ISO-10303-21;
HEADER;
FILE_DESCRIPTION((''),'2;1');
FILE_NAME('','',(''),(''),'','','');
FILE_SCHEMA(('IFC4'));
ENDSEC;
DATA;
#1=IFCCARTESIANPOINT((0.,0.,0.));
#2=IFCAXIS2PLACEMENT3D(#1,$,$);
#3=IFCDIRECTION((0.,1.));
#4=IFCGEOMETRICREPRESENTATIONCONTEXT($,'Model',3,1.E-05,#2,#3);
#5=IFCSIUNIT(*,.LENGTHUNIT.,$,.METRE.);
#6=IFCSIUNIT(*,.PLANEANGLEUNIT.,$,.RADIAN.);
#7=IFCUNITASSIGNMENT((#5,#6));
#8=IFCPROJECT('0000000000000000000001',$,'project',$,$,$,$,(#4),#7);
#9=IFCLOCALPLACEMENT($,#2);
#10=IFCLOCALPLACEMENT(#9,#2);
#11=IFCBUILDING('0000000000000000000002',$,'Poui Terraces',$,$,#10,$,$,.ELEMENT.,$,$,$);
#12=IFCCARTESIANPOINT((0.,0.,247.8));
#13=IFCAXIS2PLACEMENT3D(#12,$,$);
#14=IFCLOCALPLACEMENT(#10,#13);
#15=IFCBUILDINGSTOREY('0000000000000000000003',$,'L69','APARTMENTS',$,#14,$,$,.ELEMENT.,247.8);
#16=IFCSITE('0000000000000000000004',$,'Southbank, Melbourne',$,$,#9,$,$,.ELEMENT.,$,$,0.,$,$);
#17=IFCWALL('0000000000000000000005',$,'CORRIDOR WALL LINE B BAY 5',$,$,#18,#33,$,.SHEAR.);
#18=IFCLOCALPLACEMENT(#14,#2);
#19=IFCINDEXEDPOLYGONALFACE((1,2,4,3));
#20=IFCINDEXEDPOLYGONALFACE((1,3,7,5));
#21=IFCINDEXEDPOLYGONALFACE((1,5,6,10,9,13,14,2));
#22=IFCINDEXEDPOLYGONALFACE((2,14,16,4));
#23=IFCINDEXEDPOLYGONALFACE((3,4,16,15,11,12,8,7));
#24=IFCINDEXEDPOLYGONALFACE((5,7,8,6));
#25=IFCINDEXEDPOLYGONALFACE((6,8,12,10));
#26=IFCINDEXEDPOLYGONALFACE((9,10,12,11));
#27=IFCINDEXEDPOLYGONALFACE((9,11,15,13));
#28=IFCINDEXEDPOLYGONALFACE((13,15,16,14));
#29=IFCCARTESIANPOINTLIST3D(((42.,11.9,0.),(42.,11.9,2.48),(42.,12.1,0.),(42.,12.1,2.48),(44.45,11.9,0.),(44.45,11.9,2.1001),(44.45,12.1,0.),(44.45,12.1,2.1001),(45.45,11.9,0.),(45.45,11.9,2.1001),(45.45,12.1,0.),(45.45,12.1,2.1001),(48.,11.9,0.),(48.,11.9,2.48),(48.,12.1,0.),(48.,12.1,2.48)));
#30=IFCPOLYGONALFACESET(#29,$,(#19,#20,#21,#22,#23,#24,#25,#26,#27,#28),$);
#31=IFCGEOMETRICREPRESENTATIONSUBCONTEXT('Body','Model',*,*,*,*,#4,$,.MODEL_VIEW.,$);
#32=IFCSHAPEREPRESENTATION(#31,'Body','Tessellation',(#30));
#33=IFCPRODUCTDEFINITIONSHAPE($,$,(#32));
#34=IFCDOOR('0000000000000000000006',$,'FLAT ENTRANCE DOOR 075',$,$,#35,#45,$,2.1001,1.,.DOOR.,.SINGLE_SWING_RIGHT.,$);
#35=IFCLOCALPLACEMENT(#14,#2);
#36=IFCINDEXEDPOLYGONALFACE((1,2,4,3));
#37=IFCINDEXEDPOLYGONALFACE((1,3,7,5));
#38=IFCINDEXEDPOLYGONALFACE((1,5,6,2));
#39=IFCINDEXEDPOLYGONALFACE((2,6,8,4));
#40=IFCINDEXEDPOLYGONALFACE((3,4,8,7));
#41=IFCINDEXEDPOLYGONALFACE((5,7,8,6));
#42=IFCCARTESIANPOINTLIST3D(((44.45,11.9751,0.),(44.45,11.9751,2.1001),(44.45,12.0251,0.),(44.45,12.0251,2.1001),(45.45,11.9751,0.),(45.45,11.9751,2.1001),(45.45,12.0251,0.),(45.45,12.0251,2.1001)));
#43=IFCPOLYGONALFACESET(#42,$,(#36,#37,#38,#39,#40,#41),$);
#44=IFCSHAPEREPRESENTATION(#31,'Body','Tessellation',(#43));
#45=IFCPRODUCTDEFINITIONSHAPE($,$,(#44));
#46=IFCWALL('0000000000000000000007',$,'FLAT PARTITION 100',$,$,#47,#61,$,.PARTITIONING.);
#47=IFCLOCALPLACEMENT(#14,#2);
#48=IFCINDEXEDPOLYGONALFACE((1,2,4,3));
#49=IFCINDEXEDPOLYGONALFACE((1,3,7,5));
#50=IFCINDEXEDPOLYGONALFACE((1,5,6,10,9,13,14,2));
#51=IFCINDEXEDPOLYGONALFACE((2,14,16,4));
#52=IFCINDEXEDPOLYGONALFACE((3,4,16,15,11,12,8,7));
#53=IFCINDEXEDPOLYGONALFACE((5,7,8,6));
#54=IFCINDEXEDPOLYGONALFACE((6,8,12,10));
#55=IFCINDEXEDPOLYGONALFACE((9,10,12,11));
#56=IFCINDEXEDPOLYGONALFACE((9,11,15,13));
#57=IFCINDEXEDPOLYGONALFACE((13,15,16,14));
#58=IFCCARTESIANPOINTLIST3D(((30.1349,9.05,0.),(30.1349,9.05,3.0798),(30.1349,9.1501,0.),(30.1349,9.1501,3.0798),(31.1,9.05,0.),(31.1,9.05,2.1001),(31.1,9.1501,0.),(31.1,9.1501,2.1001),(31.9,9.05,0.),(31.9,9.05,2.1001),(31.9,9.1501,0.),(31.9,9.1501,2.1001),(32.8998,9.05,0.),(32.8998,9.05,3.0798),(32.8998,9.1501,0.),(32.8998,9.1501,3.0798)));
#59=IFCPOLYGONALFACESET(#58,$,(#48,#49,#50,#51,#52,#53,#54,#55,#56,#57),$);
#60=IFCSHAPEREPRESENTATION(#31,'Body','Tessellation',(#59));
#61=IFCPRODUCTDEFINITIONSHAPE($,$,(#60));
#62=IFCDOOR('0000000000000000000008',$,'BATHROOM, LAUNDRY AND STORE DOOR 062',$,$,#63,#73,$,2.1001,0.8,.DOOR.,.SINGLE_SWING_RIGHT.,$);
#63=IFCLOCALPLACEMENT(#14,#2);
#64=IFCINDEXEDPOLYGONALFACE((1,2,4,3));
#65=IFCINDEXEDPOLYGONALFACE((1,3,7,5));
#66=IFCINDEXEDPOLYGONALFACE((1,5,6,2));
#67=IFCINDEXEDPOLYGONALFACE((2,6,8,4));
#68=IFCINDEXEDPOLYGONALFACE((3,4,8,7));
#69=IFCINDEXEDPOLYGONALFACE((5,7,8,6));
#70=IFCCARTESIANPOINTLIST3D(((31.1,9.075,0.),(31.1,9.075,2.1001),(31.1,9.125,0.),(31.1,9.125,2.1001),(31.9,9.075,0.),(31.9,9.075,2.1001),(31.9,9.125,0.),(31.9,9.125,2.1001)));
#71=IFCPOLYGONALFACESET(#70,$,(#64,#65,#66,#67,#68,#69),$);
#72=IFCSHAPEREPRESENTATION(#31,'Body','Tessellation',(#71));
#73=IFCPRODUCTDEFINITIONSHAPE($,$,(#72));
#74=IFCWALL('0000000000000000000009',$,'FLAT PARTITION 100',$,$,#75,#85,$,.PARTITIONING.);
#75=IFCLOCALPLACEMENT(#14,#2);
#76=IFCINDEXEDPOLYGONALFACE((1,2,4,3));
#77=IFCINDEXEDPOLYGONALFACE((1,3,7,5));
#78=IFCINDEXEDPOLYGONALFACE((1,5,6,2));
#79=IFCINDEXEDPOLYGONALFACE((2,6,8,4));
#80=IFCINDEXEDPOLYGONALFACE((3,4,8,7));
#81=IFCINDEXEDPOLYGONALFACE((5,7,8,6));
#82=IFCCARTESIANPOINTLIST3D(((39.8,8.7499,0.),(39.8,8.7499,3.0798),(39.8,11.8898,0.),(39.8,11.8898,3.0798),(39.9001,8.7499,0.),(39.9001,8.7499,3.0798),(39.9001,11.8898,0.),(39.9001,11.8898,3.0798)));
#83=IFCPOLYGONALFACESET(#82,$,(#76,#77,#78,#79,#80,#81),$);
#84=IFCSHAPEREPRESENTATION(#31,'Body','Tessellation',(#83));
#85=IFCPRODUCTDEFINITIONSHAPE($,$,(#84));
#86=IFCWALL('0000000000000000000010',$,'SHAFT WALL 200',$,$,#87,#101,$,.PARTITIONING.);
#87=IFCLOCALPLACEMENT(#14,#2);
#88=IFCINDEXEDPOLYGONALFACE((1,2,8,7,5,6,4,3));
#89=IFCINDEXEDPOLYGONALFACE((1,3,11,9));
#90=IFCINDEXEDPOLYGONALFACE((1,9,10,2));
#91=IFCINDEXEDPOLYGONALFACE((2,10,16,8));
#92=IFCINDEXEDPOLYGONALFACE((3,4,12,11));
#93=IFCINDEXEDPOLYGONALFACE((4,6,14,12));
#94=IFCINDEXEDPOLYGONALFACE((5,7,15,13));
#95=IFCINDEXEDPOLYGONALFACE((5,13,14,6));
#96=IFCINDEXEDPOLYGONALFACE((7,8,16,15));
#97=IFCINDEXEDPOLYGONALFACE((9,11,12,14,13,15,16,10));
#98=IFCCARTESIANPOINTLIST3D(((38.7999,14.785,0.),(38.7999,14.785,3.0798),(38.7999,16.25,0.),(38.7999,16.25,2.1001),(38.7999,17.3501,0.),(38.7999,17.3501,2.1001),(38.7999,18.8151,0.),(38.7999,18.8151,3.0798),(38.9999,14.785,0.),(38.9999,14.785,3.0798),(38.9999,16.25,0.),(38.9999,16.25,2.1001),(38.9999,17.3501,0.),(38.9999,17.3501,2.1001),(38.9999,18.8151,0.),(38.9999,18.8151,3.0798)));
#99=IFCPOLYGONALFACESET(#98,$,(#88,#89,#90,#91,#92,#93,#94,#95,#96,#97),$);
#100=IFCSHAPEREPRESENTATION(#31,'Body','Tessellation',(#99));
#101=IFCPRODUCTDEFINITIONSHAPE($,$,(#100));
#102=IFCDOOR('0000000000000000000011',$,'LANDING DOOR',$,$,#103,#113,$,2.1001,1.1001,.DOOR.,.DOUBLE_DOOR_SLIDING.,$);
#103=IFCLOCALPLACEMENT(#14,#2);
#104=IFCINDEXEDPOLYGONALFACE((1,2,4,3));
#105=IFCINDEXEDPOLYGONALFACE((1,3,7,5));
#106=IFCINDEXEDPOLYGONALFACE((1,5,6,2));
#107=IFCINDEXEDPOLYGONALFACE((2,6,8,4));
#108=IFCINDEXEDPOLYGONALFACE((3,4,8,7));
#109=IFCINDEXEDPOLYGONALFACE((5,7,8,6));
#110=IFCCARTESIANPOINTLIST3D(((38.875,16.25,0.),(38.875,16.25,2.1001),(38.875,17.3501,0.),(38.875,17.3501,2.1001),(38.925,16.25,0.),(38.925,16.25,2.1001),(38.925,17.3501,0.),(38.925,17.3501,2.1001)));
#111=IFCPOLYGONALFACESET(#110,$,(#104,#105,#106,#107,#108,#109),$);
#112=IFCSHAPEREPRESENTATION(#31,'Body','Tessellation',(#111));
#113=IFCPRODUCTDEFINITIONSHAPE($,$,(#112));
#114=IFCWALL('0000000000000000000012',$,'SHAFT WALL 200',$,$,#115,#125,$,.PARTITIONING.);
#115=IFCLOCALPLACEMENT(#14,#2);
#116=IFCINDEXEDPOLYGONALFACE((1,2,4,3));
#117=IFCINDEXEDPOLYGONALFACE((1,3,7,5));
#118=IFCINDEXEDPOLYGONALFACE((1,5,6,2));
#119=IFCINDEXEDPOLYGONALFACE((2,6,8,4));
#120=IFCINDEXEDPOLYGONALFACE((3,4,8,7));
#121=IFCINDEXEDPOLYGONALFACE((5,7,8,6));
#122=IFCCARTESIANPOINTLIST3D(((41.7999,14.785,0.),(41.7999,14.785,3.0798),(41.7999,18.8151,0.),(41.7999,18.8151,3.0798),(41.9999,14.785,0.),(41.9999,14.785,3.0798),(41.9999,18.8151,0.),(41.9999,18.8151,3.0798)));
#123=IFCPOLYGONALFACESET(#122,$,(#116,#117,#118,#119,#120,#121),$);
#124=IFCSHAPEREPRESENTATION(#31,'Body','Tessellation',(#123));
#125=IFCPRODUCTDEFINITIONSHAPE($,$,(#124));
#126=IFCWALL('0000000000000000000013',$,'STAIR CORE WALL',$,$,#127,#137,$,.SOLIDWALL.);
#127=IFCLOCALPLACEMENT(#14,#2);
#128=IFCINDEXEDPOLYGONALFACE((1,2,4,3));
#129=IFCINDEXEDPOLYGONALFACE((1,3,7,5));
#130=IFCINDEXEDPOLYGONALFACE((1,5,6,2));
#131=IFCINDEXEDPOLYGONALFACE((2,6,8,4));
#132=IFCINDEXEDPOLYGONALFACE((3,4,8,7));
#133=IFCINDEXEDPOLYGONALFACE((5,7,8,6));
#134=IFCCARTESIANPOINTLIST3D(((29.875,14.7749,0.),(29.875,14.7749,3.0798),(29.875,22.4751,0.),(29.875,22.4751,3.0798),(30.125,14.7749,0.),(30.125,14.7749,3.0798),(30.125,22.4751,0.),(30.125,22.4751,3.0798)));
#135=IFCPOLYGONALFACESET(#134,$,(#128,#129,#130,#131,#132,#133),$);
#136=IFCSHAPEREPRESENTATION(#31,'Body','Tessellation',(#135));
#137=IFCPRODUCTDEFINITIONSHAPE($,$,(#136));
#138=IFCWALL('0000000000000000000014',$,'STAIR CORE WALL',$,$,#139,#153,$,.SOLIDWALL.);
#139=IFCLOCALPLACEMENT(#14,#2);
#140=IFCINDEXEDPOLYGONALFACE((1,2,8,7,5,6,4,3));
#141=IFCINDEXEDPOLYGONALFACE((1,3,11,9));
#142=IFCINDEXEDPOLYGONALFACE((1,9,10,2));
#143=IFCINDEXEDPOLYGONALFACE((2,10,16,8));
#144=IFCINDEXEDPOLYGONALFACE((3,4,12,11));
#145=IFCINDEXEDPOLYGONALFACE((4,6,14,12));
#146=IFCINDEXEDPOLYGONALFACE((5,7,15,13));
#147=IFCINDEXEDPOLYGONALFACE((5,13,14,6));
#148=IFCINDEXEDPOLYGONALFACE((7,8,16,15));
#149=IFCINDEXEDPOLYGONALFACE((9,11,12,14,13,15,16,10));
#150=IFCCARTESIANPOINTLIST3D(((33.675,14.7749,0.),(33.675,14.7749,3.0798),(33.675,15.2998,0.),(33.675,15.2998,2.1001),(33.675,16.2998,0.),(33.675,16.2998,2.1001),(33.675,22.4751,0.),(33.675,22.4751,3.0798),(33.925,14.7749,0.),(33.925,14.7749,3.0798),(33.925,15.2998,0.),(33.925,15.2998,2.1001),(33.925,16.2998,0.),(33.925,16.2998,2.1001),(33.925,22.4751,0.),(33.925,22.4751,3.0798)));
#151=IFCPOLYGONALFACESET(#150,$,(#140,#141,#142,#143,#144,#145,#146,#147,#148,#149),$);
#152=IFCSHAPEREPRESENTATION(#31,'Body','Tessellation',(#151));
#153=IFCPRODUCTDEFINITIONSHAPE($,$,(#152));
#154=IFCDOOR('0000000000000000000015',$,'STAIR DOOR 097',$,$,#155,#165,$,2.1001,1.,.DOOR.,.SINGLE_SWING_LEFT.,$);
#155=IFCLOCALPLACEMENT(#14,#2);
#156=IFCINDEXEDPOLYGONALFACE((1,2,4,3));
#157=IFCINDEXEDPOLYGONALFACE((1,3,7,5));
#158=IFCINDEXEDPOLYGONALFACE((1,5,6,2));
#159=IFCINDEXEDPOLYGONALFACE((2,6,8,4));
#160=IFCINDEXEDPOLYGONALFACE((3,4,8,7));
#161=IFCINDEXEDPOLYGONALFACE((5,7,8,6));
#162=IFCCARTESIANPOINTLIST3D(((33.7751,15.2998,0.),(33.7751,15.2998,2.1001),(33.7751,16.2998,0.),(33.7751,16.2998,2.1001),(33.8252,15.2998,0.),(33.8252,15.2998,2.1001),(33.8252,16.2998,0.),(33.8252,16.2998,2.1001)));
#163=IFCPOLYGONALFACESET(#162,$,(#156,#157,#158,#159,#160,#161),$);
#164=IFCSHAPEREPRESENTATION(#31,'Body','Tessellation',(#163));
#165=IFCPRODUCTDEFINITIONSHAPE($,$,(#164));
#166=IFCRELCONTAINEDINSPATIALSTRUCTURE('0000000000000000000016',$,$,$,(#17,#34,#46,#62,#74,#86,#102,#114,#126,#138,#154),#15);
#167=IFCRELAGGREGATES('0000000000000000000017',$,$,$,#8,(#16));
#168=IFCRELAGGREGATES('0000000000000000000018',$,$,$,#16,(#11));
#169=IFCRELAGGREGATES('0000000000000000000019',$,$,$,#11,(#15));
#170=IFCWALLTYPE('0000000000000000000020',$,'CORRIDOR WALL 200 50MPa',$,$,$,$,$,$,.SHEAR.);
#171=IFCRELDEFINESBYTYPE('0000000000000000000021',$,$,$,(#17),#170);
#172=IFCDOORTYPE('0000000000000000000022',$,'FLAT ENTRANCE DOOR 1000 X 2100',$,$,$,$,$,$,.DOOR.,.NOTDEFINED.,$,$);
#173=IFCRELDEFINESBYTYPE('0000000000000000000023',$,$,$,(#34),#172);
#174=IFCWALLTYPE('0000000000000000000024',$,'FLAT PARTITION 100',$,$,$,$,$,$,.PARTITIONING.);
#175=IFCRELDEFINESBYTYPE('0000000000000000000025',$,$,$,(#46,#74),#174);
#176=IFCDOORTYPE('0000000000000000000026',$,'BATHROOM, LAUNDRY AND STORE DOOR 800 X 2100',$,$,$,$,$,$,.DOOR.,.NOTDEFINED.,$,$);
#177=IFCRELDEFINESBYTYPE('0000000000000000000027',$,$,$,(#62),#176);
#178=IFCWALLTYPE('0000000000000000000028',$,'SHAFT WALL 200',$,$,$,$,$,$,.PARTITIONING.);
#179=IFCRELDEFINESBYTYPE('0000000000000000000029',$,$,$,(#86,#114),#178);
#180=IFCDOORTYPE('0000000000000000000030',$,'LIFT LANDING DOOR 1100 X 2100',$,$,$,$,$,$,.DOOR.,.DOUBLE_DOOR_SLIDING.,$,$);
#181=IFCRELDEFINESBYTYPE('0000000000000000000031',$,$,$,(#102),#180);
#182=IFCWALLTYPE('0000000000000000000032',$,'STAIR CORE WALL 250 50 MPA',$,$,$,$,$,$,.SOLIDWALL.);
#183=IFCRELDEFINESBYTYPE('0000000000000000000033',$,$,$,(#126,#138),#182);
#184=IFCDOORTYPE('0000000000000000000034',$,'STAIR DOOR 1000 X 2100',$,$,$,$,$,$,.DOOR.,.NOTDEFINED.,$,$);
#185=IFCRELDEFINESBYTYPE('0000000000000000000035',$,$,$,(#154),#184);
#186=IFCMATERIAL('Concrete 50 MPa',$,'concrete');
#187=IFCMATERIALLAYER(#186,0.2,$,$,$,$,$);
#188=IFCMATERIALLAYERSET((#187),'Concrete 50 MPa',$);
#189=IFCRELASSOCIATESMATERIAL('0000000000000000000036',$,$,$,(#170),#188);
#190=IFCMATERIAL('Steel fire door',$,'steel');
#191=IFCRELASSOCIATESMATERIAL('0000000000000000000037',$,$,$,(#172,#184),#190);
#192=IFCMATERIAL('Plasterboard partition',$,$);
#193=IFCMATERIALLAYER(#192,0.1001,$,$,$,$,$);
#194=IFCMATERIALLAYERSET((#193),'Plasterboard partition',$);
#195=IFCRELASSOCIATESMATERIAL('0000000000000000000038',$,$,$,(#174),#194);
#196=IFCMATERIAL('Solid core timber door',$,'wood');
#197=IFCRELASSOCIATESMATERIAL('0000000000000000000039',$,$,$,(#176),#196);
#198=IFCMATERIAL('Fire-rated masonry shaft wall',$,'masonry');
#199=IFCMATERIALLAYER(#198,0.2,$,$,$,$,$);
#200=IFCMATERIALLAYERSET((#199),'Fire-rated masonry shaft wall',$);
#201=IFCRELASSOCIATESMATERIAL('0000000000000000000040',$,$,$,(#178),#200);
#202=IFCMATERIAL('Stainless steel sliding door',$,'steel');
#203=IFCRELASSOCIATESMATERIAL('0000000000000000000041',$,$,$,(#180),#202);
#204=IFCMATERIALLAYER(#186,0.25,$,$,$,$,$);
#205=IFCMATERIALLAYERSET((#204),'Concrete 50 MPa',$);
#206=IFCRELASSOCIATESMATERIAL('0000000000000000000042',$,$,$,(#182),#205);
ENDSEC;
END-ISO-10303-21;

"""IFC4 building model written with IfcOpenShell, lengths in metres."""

from ifc_helpers import new_model, si_unit, direction, frame, frame_2d, origin, place, context, subcontext, project, spatial, rectangle, extrude, material, layer, layer_set, type_object, element, fill, save


model = new_model("IFC4")

# Units and contexts
model_context = context("Model", 3, precision=1e-05, world=origin(), true_north=direction((0.0, 1.0)))
body_context = subcontext(model_context, "Body", "Model", "MODEL_VIEW")
ifc_project = project(units=[si_unit("LENGTHUNIT", "METRE"), si_unit("PLANEANGLEUNIT", "RADIAN")], contexts=[model_context])

# Site, building, storey
site_placement = place(None, origin())
site = spatial("IfcSite", under=ifc_project, at=site_placement, Name="Southbank, Melbourne", CompositionType="ELEMENT", RefElevation=0.0)
building_placement = place(site_placement, origin())
building = spatial("IfcBuilding", under=site, at=building_placement, Name="Poui Terraces", CompositionType="ELEMENT")
storey_placement = place(building_placement, frame((0.0, 0.0, 247.8)))
storey = spatial("IfcBuildingStorey", under=building, at=storey_placement, Name="L69", Description="APARTMENTS", CompositionType="ELEMENT", Elevation=247.8)

# Shared definitions
ifc_material_1 = material(Name="Concrete 50 MPa", Category="concrete")

# Shared definitions
ifc_material_2 = material(Name="Steel fire door", Category="steel")

# Shared definitions
ifc_layer_1 = layer(ifc_material_1, 0.2)
ifc_layer_set_1 = layer_set([ifc_layer_1], Name="Concrete 50 MPa")
wall_type_1 = type_object("IfcWallType", Name="CORRIDOR WALL 200 50MPa", PredefinedType="SHEAR", material=ifc_layer_set_1)

# Walls, openings, doors
door_type_1 = type_object("IfcDoorType", Name="FLAT ENTRANCE DOOR 1000 X 2100", OperationType="NOTDEFINED", PredefinedType="DOOR", material=ifc_material_2)
wall_1_placement = place(storey_placement, frame((42.0, 12.0, 0.0), z_axis=(0.0, 0.0, 1.0), x_axis=(1.0, 0.0, 0.0)))
wall_1 = element("IfcWall", 1, at=wall_1_placement, inside=storey, type_object=wall_type_1, Name="CORRIDOR WALL LINE B BAY 5", PredefinedType="SHEAR", context=body_context, shape_type="SweptSolid", body=[
    extrude(rectangle(XDim=6.0, YDim=0.2, at=frame_2d((3.0, 0.0))), origin(), (0.0, 0.0, 1.0), 2.48),
])
opening_1_placement = place(wall_1_placement, frame((2.45, 0.0, 0.0)))
opening_1 = element("IfcOpeningElement", 2, at=opening_1_placement, cuts=wall_1, PredefinedType="OPENING", context=body_context, shape_type="SweptSolid", body=[
    extrude(rectangle(XDim=1.0, YDim=2.1001, at=frame_2d((0.5, 1.05))), frame((0.0, 0.1099, 0.0), z_axis=(0.0, -1.0, 0.0), x_axis=(1.0, 0.0, 0.0)), (0.0, 0.0, 1.0), 0.22),
])
door_1_placement = place(opening_1_placement, frame((1.0, 0.0, 0.0), z_axis=(0.0, 0.0, 1.0), x_axis=(-1.0, 0.0, 0.0)))
door_1 = element("IfcDoor", 3, at=door_1_placement, inside=storey, type_object=door_type_1, Name="FLAT ENTRANCE DOOR 075", OperationType="SINGLE_SWING_RIGHT", OverallHeight=2.1001, OverallWidth=1.0, PredefinedType="DOOR", context=body_context, shape_type="SweptSolid", body=[
    extrude(rectangle(XDim=1.0, YDim=2.1001, at=frame_2d((0.5, 1.05))), frame((0.0, 0.0249, 0.0), z_axis=(0.0, -1.0, 0.0), x_axis=(1.0, 0.0, 0.0)), (0.0, 0.0, 1.0), 0.05),
])
fill(opening_1, door_1)
ifc_material_3 = material(Name="Plasterboard partition")
ifc_layer_2 = layer(ifc_material_3, 0.1001)
ifc_layer_set_2 = layer_set([ifc_layer_2], Name="Plasterboard partition")
wall_type_2 = type_object("IfcWallType", Name="FLAT PARTITION 100", PredefinedType="PARTITIONING", material=ifc_layer_set_2)
wall_2_placement = place(storey_placement, frame((30.135, 9.1001, 0.0), z_axis=(0.0, 0.0, 1.0), x_axis=(1.0, 0.0, 0.0)))
wall_2 = element("IfcWall", 4, at=wall_2_placement, inside=storey, type_object=wall_type_2, Name="FLAT PARTITION 100", PredefinedType="PARTITIONING", context=body_context, shape_type="SweptSolid", body=[
    extrude(rectangle(XDim=2.7649, YDim=0.1001, at=frame_2d((1.3823, 0.0))), origin(), (0.0, 0.0, 1.0), 3.0798),
])
opening_2_placement = place(wall_2_placement, frame((0.9651, 0.0, 0.0)))
opening_2 = element("IfcOpeningElement", 5, at=opening_2_placement, cuts=wall_2, PredefinedType="OPENING", context=body_context, shape_type="SweptSolid", body=[
    extrude(rectangle(XDim=0.8, YDim=2.1001, at=frame_2d((0.3999, 1.05))), frame((0.0, 0.0601, 0.0), z_axis=(0.0, -1.0, 0.0), x_axis=(1.0, 0.0, 0.0)), (0.0, 0.0, 1.0), 0.1201),
])
ifc_material_4 = material(Name="Solid core timber door", Category="wood")
door_type_2 = type_object("IfcDoorType", Name="BATHROOM, LAUNDRY AND STORE DOOR 800 X 2100", OperationType="NOTDEFINED", PredefinedType="DOOR", material=ifc_material_4)
door_2_placement = place(opening_2_placement, origin())
door_2 = element("IfcDoor", 6, at=door_2_placement, inside=storey, type_object=door_type_2, Name="BATHROOM, LAUNDRY AND STORE DOOR 062", OperationType="SINGLE_SWING_RIGHT", OverallHeight=2.1001, OverallWidth=0.8, PredefinedType="DOOR", context=body_context, shape_type="SweptSolid", body=[
    extrude(rectangle(XDim=0.8, YDim=2.1001, at=frame_2d((0.3999, 1.05))), frame((0.0, 0.0249, 0.0), z_axis=(0.0, -1.0, 0.0), x_axis=(1.0, 0.0, 0.0)), (0.0, 0.0, 1.0), 0.05),
])
fill(opening_2, door_2)

# Wall
wall_3_placement = place(storey_placement, frame((39.8501, 8.75, 0.0), z_axis=(0.0, 0.0, 1.0), x_axis=(0.0, 1.0, 0.0)))
element("IfcWall", 7, at=wall_3_placement, inside=storey, type_object=wall_type_2, Name="FLAT PARTITION 100", PredefinedType="PARTITIONING", context=body_context, shape_type="SweptSolid", body=[
    extrude(rectangle(XDim=3.1399, YDim=0.1001, at=frame_2d((1.5698, 0.0))), origin(), (0.0, 0.0, 1.0), 3.0798),
])

# Wall, opening, door
ifc_material_5 = material(Name="Fire-rated masonry shaft wall", Category="masonry")
ifc_layer_3 = layer(ifc_material_5, 0.2)
ifc_layer_set_3 = layer_set([ifc_layer_3], Name="Fire-rated masonry shaft wall")
wall_type_3 = type_object("IfcWallType", Name="SHAFT WALL 200", PredefinedType="PARTITIONING", material=ifc_layer_set_3)
wall_4_placement = place(storey_placement, frame((38.8999, 14.7849, 0.0), z_axis=(0.0, 0.0, 1.0), x_axis=(0.0, 1.0, 0.0)))
wall_4 = element("IfcWall", 8, at=wall_4_placement, inside=storey, type_object=wall_type_3, Name="SHAFT WALL 200", PredefinedType="PARTITIONING", context=body_context, shape_type="SweptSolid", body=[
    extrude(rectangle(XDim=4.03, YDim=0.2, at=frame_2d((2.0151, 0.0))), origin(), (0.0, 0.0, 1.0), 3.0798),
])
opening_3_placement = place(wall_4_placement, frame((1.4651, 0.0, 0.0)))
opening_3 = element("IfcOpeningElement", 9, at=opening_3_placement, cuts=wall_4, PredefinedType="OPENING", context=body_context, shape_type="SweptSolid", body=[
    extrude(rectangle(XDim=1.1001, YDim=2.1001, at=frame_2d((0.55, 1.05))), frame((0.0, 0.1099, 0.0), z_axis=(0.0, -1.0, 0.0), x_axis=(1.0, 0.0, 0.0)), (0.0, 0.0, 1.0), 0.22),
])
ifc_material_6 = material(Name="Stainless steel sliding door", Category="steel")
door_type_3 = type_object("IfcDoorType", Name="LIFT LANDING DOOR 1100 X 2100", OperationType="DOUBLE_DOOR_SLIDING", PredefinedType="DOOR", material=ifc_material_6)
door_3_placement = place(opening_3_placement, origin())
door_3 = element("IfcDoor", 10, at=door_3_placement, inside=storey, type_object=door_type_3, Name="LANDING DOOR", OperationType="DOUBLE_DOOR_SLIDING", OverallHeight=2.1001, OverallWidth=1.1001, PredefinedType="DOOR", context=body_context, shape_type="SweptSolid", body=[
    extrude(rectangle(XDim=1.1001, YDim=2.1001, at=frame_2d((0.55, 1.05))), frame((0.0, 0.0249, 0.0), z_axis=(0.0, -1.0, 0.0), x_axis=(1.0, 0.0, 0.0)), (0.0, 0.0, 1.0), 0.05),
])
fill(opening_3, door_3)

# Walls
wall_5_placement = place(storey_placement, frame((41.8999, 14.7849, 0.0), z_axis=(0.0, 0.0, 1.0), x_axis=(0.0, 1.0, 0.0)))
element("IfcWall", 11, at=wall_5_placement, inside=storey, type_object=wall_type_3, Name="SHAFT WALL 200", PredefinedType="PARTITIONING", context=body_context, shape_type="SweptSolid", body=[
    extrude(rectangle(XDim=4.03, YDim=0.2, at=frame_2d((2.0151, 0.0))), origin(), (0.0, 0.0, 1.0), 3.0798),
])
ifc_layer_4 = layer(ifc_material_1, 0.25)
ifc_layer_set_4 = layer_set([ifc_layer_4], Name="Concrete 50 MPa")
wall_type_4 = type_object("IfcWallType", Name="STAIR CORE WALL 250 50 MPA", PredefinedType="SOLIDWALL", material=ifc_layer_set_4)
wall_6_placement = place(storey_placement, frame((30.0, 14.7749, 0.0), z_axis=(0.0, 0.0, 1.0), x_axis=(0.0, 1.0, 0.0)))
element("IfcWall", 12, at=wall_6_placement, inside=storey, type_object=wall_type_4, Name="STAIR CORE WALL", PredefinedType="SOLIDWALL", context=body_context, shape_type="SweptSolid", body=[
    extrude(rectangle(XDim=7.7002, YDim=0.25, at=frame_2d((3.8501, 0.0))), origin(), (0.0, 0.0, 1.0), 3.0798),
])

# Wall, opening, door
wall_7_placement = place(storey_placement, frame((33.8, 14.7749, 0.0), z_axis=(0.0, 0.0, 1.0), x_axis=(0.0, 1.0, 0.0)))
wall_7 = element("IfcWall", 13, at=wall_7_placement, inside=storey, type_object=wall_type_4, Name="STAIR CORE WALL", PredefinedType="SOLIDWALL", context=body_context, shape_type="SweptSolid", body=[
    extrude(rectangle(XDim=7.7002, YDim=0.25, at=frame_2d((3.8501, 0.0))), origin(), (0.0, 0.0, 1.0), 3.0798),
])
opening_4_placement = place(wall_7_placement, frame((0.5249, 0.0, 0.0)))
opening_4 = element("IfcOpeningElement", 14, at=opening_4_placement, cuts=wall_7, PredefinedType="OPENING", context=body_context, shape_type="SweptSolid", body=[
    extrude(rectangle(XDim=1.0, YDim=2.1001, at=frame_2d((0.5, 1.05))), frame((0.0, 0.135, 0.0), z_axis=(0.0, -1.0, 0.0), x_axis=(1.0, 0.0, 0.0)), (0.0, 0.0, 1.0), 0.27),
])
door_type_4 = type_object("IfcDoorType", Name="STAIR DOOR 1000 X 2100", OperationType="NOTDEFINED", PredefinedType="DOOR", material=ifc_material_2)
door_4_placement = place(opening_4_placement, origin())
door_4 = element("IfcDoor", 15, at=door_4_placement, inside=storey, type_object=door_type_4, Name="STAIR DOOR 097", OperationType="SINGLE_SWING_LEFT", OverallHeight=2.1001, OverallWidth=1.0, PredefinedType="DOOR", context=body_context, shape_type="SweptSolid", body=[
    extrude(rectangle(XDim=1.0, YDim=2.1001, at=frame_2d((0.5, 1.05))), frame((0.0, 0.0249, 0.0), z_axis=(0.0, -1.0, 0.0), x_axis=(1.0, 0.0, 0.0)), (0.0, 0.0, 1.0), 0.05),
])
fill(opening_4, door_4)

save(model, "model.ifc")
